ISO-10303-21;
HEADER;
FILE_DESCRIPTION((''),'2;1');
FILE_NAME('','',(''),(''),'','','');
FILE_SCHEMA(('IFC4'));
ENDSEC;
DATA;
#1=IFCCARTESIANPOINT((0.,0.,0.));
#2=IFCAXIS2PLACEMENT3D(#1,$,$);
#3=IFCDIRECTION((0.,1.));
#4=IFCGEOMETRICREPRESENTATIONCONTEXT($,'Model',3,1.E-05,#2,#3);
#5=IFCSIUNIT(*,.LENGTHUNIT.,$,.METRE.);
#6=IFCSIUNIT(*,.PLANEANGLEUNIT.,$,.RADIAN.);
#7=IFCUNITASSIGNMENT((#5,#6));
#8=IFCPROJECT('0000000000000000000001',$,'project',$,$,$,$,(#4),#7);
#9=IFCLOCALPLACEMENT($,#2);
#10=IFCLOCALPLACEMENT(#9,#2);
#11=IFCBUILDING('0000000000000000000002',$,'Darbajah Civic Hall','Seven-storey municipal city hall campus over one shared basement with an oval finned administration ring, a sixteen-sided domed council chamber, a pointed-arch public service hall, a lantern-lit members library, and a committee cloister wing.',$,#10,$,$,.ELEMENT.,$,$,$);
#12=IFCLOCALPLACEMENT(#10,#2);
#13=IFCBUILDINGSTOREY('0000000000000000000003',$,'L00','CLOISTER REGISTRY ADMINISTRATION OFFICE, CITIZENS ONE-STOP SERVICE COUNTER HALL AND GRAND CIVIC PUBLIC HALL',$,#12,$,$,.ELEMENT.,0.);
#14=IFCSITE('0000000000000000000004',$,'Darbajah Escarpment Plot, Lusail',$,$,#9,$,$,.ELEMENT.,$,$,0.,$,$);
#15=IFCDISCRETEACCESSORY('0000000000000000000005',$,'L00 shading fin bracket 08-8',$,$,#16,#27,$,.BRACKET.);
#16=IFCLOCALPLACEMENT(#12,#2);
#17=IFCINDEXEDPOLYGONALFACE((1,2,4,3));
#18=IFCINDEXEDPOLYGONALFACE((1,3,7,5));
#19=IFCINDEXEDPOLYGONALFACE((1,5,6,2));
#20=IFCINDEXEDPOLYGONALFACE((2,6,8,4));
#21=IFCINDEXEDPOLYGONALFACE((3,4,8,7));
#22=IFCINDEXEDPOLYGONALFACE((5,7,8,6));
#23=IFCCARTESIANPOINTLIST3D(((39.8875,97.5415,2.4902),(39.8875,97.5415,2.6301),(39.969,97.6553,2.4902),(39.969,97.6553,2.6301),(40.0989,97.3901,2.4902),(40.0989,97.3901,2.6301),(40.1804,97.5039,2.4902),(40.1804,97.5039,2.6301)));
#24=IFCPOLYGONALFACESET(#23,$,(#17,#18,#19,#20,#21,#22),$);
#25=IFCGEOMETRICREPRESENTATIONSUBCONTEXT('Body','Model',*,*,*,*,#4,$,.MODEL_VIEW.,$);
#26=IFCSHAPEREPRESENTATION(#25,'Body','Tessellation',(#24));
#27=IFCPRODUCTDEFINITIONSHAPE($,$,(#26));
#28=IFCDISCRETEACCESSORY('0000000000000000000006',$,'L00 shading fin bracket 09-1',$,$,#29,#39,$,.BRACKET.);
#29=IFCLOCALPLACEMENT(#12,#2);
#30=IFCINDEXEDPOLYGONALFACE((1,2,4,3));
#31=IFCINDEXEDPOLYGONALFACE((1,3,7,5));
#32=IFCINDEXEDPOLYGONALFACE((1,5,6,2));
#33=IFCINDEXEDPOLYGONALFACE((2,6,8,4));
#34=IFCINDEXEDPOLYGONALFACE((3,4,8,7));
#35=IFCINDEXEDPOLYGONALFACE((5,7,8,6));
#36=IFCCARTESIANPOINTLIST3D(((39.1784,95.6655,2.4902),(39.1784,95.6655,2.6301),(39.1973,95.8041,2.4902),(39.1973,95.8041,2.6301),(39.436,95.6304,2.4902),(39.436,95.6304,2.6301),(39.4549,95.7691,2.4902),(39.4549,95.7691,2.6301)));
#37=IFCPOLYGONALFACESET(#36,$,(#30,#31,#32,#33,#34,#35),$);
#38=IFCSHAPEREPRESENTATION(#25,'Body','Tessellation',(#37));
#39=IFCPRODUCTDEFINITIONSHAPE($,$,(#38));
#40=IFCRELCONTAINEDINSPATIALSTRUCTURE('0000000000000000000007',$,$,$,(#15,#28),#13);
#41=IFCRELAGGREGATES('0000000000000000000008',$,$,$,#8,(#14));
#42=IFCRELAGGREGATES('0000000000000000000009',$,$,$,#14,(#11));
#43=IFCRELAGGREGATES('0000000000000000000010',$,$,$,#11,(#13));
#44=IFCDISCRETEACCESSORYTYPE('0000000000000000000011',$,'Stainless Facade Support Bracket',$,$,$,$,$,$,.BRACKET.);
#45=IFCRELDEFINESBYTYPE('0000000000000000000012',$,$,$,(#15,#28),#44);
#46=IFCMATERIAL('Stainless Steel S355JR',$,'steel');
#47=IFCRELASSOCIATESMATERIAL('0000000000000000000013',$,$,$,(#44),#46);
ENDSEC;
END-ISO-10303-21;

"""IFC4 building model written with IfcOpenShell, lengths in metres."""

from ifc_helpers import new_model, si_unit, direction, frame, origin, origin_2d, place, context, subcontext, project, spatial, rectangle, extrude, material, type_object, element, save


model = new_model("IFC4")

# Units and contexts
model_context = context("Model", 3, precision=1e-05, world=origin(), true_north=direction((0.0, 1.0)))
body_context = subcontext(model_context, "Body", "Model", "MODEL_VIEW")
ifc_project = project(units=[si_unit("LENGTHUNIT", "METRE"), si_unit("PLANEANGLEUNIT", "RADIAN")], contexts=[model_context])

# Site, building, storey
site_placement = place(None, origin())
site = spatial("IfcSite", under=ifc_project, at=site_placement, Name="Darbajah Escarpment Plot, Lusail", CompositionType="ELEMENT", RefElevation=0.0)
building_placement = place(site_placement, origin())
building = spatial("IfcBuilding", under=site, at=building_placement, Name="Darbajah Civic Hall", Description="Seven-storey municipal city hall campus over one shared basement with an oval finned administration ring, a sixteen-sided domed council chamber, a pointed-arch public service hall, a lantern-lit members library, and a committee cloister wing.", CompositionType="ELEMENT")
storey_placement = place(building_placement, origin())
storey = spatial("IfcBuildingStorey", under=building, at=storey_placement, Name="L00", Description="CLOISTER REGISTRY ADMINISTRATION OFFICE, CITIZENS ONE-STOP SERVICE COUNTER HALL AND GRAND CIVIC PUBLIC HALL", CompositionType="ELEMENT", Elevation=0.0)

# Discrete accessories
ifc_material_1 = material(Name="Stainless Steel S355JR", Category="steel")
discrete_accessory_type = type_object("IfcDiscreteAccessoryType", Name="Stainless Facade Support Bracket", PredefinedType="BRACKET", material=ifc_material_1)
for number, where, z_axis, x_axis, name in (
    (1, (40.0339, 97.5227, 2.4902), (0.0, 0.0, 1.0), (-0.812999, 0.582265, 0.0), "L00 shading fin bracket 08-8"),
    (2, (39.3167, 95.7173, 2.4902), (0.0, 0.0, 1.0), (-0.990866, 0.134851, 0.0), "L00 shading fin bracket 09-1"),
):
    element("IfcDiscreteAccessory", number, at=place(storey_placement, frame(where, z_axis=z_axis, x_axis=x_axis)), inside=storey, type_object=discrete_accessory_type, Name=name, PredefinedType="BRACKET", context=body_context, shape_type="SweptSolid", body=[
        extrude(rectangle(XDim=0.26, YDim=0.1399, at=origin_2d()), origin(), (0.0, 0.0, 1.0), 0.1399),
    ])

save(model, "model.ifc")
